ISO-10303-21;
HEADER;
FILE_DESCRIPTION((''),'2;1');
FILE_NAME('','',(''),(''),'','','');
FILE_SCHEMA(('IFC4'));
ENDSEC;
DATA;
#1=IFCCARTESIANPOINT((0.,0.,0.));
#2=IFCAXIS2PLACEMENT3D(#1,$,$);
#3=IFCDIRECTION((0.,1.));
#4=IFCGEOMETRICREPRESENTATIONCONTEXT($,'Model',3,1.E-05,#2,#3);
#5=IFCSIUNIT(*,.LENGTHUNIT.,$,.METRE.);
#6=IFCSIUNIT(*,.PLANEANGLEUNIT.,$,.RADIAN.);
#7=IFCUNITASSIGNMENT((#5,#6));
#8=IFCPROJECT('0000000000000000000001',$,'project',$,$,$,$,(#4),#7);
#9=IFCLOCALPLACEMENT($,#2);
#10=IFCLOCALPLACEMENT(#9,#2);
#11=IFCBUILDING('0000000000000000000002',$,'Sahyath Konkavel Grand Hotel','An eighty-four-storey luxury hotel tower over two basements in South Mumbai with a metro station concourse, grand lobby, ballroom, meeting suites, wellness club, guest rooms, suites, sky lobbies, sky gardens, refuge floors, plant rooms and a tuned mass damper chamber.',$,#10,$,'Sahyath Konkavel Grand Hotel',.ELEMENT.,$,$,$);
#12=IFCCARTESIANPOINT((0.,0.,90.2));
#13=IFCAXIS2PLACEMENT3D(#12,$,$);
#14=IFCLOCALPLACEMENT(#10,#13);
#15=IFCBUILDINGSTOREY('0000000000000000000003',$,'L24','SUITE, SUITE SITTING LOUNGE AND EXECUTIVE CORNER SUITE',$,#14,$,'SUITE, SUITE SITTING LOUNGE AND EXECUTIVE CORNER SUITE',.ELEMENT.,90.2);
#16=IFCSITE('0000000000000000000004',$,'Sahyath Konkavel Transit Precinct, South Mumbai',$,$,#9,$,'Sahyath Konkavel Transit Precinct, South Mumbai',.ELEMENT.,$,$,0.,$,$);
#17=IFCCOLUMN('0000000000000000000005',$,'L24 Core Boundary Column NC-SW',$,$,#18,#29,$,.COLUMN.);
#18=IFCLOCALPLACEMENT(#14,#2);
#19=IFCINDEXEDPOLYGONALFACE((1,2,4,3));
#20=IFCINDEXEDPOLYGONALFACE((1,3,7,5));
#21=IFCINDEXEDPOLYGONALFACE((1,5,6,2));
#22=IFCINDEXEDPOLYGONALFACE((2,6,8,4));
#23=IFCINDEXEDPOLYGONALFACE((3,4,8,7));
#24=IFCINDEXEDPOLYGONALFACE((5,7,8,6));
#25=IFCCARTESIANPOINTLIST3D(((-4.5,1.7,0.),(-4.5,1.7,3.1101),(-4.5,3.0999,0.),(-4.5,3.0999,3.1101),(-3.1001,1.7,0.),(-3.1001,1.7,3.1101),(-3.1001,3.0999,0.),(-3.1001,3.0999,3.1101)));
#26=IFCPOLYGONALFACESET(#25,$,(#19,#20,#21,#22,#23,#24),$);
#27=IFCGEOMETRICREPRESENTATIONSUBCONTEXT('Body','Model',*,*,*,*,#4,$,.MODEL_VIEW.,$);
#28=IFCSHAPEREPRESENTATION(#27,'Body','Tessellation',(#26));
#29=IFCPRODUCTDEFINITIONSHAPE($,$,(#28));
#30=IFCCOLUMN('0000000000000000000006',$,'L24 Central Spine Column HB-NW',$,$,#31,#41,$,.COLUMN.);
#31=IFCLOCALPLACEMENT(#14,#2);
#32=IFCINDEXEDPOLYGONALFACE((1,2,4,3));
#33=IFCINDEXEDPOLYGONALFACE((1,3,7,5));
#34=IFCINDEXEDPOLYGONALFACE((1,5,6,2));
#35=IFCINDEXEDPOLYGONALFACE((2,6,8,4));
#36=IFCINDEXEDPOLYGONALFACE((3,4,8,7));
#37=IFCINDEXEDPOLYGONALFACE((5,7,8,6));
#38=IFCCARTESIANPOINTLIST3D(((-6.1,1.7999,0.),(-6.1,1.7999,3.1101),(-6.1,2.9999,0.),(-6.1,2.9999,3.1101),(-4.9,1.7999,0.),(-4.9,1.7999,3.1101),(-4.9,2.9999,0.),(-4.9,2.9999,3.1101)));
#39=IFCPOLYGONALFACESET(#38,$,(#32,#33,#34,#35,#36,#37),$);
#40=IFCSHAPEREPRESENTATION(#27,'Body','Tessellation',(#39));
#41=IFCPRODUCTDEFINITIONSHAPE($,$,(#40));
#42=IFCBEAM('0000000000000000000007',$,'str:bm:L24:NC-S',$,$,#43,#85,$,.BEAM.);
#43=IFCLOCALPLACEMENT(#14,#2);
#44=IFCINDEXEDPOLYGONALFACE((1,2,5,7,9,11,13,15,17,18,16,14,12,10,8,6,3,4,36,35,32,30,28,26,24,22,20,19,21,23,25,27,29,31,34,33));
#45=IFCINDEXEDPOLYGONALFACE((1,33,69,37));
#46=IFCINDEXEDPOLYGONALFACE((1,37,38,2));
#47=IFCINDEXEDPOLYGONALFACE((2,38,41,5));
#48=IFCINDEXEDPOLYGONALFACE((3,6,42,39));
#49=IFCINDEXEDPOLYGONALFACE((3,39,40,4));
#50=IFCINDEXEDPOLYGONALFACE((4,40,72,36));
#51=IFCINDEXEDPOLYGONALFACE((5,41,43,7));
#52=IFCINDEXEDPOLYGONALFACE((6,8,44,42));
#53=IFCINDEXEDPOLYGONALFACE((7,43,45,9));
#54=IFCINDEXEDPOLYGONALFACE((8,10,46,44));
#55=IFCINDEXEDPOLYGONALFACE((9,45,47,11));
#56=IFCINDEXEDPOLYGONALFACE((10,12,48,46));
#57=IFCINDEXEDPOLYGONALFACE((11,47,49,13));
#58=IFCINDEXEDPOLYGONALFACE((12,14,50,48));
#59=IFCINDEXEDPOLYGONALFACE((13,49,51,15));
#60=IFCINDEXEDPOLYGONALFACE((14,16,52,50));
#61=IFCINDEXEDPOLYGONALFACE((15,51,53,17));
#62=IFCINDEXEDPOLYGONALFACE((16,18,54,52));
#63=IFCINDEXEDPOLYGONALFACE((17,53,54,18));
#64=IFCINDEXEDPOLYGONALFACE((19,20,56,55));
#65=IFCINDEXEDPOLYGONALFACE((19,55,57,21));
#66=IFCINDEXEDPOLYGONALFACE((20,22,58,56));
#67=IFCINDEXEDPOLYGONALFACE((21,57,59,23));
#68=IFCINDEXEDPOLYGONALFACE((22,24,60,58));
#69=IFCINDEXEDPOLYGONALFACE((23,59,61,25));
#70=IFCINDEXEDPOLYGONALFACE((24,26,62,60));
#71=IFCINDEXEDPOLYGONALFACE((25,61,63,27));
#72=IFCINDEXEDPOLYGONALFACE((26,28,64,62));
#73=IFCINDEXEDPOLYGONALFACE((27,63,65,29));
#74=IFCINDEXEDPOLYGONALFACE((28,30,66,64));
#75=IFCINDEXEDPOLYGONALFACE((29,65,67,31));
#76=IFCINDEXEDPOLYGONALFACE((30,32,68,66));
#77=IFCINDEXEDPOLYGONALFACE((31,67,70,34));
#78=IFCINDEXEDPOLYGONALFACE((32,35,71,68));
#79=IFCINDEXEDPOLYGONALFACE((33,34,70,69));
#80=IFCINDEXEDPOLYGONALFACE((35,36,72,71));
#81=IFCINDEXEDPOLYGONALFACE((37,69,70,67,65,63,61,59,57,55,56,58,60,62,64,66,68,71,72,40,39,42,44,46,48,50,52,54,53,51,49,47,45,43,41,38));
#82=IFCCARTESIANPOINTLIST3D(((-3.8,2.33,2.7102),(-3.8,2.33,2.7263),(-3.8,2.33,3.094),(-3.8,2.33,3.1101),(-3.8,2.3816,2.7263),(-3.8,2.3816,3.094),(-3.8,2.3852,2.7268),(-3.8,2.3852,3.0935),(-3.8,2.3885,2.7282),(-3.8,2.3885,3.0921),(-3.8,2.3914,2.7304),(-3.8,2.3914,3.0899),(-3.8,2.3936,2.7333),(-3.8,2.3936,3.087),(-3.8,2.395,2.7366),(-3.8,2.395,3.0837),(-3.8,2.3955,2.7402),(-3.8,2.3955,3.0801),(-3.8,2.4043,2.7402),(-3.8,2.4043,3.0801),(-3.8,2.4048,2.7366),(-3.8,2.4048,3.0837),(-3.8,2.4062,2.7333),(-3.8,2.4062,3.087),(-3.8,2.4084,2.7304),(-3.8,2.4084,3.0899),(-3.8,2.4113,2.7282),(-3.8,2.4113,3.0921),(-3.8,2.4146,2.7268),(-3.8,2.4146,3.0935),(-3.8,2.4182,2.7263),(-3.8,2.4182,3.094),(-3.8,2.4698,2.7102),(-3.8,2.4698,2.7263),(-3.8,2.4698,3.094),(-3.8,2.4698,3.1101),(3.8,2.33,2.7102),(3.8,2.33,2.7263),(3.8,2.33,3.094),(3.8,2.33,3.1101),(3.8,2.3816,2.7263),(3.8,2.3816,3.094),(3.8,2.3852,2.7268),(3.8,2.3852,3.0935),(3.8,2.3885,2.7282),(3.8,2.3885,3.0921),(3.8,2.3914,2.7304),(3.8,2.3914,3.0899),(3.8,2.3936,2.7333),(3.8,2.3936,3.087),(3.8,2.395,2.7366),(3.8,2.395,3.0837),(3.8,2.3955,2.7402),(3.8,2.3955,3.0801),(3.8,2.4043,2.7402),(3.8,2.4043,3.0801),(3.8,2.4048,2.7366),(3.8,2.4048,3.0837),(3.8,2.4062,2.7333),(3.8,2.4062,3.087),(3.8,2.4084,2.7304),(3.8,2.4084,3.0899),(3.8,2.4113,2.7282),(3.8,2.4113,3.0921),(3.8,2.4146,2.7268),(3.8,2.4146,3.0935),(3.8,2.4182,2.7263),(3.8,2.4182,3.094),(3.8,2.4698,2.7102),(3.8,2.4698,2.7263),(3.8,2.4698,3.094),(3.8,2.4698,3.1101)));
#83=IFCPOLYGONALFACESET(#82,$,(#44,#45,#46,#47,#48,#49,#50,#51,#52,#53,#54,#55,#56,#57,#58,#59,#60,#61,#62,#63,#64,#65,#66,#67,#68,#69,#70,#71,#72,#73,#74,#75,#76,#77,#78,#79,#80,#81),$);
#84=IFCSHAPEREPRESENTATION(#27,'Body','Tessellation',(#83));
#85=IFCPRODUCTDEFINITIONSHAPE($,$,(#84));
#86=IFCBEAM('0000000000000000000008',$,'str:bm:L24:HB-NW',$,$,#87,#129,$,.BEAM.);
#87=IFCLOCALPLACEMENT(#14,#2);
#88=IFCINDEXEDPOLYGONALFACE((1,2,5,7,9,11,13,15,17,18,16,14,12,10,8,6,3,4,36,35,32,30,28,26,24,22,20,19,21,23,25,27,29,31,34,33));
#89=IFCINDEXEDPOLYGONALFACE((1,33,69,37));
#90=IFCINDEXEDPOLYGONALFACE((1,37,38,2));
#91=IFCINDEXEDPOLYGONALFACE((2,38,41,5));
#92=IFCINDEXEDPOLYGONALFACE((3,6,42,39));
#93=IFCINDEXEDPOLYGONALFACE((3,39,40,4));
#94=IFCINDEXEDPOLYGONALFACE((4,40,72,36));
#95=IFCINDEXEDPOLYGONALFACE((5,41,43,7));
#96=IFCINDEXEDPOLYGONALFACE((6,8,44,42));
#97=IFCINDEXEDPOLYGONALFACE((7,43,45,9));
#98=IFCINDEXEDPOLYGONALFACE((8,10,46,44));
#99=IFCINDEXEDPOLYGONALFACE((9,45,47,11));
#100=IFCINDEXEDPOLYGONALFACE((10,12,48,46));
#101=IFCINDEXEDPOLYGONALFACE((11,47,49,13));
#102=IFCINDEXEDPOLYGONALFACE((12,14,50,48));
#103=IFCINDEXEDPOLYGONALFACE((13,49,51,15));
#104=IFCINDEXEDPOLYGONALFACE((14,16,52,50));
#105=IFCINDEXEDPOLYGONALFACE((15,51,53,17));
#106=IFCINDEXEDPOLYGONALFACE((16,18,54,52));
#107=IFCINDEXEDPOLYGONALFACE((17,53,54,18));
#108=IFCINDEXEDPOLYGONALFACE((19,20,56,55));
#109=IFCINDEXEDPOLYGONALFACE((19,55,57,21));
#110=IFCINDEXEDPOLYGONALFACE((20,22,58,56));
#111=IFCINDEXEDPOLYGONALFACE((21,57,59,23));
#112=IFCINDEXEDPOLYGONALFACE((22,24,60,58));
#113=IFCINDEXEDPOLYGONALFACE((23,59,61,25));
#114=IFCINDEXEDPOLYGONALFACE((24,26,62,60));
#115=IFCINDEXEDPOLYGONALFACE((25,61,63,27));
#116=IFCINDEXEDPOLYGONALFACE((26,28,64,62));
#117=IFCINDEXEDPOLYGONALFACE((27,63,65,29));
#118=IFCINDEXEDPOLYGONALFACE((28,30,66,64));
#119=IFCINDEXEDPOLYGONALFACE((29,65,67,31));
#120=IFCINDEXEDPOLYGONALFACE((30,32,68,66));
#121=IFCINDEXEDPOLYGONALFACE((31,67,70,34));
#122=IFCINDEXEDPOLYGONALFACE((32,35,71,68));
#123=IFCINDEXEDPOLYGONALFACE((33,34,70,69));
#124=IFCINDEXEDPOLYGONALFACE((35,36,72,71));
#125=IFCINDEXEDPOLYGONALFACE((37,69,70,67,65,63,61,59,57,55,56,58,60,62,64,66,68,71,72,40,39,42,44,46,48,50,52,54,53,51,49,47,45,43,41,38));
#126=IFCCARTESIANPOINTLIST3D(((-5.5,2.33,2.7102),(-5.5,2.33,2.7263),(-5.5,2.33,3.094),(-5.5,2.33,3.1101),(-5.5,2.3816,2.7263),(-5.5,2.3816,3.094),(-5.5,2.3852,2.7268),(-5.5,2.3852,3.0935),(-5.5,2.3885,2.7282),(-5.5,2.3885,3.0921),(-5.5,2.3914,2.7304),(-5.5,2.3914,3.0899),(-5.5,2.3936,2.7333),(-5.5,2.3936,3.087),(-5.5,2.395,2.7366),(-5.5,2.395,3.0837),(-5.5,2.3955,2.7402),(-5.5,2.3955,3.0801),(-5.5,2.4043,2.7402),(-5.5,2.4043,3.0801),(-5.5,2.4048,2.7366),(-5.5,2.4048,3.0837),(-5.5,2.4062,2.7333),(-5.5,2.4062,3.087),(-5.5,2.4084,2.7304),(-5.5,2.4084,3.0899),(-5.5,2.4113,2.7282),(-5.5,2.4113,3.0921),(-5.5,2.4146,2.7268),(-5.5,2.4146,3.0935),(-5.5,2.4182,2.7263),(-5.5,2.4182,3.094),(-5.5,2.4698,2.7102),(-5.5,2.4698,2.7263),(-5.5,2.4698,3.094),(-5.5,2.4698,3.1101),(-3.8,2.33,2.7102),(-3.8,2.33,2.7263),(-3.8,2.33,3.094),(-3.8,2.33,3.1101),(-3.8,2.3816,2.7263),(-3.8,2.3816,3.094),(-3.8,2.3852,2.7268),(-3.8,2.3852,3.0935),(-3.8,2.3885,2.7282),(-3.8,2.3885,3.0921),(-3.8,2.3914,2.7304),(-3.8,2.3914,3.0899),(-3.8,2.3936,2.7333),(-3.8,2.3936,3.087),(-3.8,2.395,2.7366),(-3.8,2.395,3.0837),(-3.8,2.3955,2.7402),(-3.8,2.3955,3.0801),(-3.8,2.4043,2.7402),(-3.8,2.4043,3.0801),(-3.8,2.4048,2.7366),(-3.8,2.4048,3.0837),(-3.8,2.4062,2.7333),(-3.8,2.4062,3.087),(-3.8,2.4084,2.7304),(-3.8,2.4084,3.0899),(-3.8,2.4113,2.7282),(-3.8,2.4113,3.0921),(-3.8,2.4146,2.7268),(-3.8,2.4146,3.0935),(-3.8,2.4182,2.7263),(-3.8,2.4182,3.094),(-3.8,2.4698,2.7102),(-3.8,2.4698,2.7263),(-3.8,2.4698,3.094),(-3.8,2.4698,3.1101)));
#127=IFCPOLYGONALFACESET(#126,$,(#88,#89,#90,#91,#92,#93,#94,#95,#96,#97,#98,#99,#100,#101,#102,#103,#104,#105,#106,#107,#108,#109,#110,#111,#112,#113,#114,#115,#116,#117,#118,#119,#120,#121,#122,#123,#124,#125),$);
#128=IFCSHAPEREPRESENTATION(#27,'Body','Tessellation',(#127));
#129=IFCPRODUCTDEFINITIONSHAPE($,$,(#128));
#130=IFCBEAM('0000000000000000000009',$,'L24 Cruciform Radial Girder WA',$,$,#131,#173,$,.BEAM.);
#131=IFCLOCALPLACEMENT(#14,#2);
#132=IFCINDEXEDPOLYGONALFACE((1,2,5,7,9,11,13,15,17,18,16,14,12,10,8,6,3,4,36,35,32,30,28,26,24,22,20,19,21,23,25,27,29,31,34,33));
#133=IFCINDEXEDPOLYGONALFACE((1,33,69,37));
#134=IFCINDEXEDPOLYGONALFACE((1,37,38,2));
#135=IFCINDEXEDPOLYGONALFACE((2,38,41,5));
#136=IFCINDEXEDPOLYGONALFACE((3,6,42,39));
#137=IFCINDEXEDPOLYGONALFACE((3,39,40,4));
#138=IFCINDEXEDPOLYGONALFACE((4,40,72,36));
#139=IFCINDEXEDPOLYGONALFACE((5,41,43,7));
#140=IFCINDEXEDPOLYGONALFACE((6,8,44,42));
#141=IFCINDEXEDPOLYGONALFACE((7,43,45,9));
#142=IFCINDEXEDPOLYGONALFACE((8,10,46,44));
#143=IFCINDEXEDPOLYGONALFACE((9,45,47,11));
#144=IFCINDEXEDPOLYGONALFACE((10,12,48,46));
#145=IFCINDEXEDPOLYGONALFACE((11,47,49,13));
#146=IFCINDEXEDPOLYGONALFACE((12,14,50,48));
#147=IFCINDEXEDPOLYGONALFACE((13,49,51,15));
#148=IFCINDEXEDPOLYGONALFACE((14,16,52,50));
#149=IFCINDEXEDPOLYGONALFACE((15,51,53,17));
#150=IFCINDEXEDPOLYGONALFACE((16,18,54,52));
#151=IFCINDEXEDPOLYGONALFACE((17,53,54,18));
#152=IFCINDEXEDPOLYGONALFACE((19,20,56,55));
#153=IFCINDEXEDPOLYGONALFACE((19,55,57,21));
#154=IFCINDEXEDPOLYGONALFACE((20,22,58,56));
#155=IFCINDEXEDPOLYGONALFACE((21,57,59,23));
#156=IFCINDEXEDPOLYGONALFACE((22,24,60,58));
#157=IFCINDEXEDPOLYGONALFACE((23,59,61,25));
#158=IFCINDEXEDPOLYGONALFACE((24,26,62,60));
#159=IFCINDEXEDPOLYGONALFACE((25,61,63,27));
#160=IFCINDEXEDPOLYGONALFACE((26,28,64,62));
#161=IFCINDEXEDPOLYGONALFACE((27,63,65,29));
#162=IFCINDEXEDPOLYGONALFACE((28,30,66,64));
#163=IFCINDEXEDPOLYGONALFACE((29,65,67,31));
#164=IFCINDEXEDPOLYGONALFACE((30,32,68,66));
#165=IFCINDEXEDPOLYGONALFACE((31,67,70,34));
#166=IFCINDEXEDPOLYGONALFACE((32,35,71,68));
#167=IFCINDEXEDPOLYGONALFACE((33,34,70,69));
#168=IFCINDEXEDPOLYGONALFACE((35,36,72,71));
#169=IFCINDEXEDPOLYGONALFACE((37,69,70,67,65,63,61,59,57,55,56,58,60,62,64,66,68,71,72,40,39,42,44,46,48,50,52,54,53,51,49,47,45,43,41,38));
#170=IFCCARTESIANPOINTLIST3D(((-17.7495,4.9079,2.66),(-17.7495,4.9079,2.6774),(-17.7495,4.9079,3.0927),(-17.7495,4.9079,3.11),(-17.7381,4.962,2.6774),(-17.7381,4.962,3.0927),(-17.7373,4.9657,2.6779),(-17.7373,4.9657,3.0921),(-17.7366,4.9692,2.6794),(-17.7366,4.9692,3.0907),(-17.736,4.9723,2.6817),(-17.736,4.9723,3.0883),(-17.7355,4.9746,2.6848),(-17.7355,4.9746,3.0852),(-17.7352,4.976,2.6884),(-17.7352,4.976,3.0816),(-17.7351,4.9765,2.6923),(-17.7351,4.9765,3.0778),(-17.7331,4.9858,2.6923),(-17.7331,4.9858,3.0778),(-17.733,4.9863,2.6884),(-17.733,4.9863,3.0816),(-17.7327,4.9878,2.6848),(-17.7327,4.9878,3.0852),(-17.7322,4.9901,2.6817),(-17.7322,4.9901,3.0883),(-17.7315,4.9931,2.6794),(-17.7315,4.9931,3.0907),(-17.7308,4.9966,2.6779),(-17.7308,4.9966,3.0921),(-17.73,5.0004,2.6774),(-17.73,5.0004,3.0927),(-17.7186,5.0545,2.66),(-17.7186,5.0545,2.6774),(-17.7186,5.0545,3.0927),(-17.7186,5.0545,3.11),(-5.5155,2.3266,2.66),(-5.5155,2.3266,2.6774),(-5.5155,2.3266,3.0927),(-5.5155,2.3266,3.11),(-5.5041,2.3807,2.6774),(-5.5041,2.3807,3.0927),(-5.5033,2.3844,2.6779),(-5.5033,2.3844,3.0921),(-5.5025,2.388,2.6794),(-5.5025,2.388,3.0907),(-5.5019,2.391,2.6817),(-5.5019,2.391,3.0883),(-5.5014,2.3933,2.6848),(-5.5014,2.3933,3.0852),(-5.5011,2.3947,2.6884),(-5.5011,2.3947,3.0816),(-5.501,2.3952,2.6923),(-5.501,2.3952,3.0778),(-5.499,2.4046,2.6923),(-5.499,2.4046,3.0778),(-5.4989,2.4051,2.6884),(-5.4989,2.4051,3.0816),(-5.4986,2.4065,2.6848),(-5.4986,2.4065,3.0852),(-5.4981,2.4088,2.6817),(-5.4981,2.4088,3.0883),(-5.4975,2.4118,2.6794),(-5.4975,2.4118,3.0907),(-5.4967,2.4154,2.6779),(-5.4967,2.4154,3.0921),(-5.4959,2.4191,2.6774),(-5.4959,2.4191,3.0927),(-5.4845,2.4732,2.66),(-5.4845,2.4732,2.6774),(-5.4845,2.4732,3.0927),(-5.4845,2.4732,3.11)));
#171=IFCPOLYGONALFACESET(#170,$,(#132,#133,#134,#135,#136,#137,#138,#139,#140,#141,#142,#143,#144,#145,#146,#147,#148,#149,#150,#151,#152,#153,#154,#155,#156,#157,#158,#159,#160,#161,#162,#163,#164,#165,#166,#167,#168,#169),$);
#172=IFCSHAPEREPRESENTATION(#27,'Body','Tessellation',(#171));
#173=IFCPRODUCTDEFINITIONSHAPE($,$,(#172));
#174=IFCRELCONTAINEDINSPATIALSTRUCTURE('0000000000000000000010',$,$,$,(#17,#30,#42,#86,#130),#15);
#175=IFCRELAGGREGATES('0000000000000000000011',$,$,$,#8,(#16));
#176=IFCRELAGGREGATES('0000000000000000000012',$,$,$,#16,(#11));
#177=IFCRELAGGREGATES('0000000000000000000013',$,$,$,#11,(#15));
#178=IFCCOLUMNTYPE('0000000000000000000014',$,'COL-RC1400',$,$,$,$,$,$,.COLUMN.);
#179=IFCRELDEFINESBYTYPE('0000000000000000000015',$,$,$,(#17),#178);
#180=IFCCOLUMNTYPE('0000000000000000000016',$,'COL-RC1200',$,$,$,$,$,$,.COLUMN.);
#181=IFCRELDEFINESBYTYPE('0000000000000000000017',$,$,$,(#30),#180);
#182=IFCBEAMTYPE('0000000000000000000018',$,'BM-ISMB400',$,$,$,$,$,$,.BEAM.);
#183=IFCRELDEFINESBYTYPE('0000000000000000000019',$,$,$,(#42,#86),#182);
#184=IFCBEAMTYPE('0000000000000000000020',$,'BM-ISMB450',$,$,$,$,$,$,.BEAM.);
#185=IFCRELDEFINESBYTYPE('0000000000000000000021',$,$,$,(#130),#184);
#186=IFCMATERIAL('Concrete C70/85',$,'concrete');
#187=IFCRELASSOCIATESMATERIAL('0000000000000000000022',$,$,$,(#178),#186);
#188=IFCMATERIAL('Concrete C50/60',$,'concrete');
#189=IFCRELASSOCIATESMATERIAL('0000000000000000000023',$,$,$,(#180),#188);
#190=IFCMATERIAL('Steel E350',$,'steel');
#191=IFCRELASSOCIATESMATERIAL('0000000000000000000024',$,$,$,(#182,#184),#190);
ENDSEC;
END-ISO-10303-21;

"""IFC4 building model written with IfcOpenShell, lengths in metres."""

from ifc_helpers import new_model, si_unit, direction, frame, origin, origin_2d, place, context, subcontext, project, spatial, rectangle, i_section, extrude, source, transform, mapped, material, material_profile, profile_set, type_object, element, save


model = new_model("IFC4")

# Units and contexts
model_context = context("Model", 3, precision=1e-05, world=origin(), true_north=direction((0.0, 1.0)))
body_context = subcontext(model_context, "Body", "Model", "MODEL_VIEW")
ifc_project = project(units=[si_unit("LENGTHUNIT", "METRE"), si_unit("PLANEANGLEUNIT", "RADIAN")], contexts=[model_context])

# Site, building, storey
site_placement = place(None, origin())
site = spatial("IfcSite", under=ifc_project, at=site_placement, Name="Sahyath Konkavel Transit Precinct, South Mumbai", LongName="Sahyath Konkavel Transit Precinct, South Mumbai", CompositionType="ELEMENT", RefElevation=0.0)
building_placement = place(site_placement, origin())
building = spatial("IfcBuilding", under=site, at=building_placement, Name="Sahyath Konkavel Grand Hotel", Description="An eighty-four-storey luxury hotel tower over two basements in South Mumbai with a metro station concourse, grand lobby, ballroom, meeting suites, wellness club, guest rooms, suites, sky lobbies, sky gardens, refuge floors, plant rooms and a tuned mass damper chamber.", LongName="Sahyath Konkavel Grand Hotel", CompositionType="ELEMENT")
storey_placement = place(building_placement, frame((0.0, 0.0, 90.2)))
storey = spatial("IfcBuildingStorey", under=building, at=storey_placement, Name="L24", Description="SUITE, SUITE SITTING LOUNGE AND EXECUTIVE CORNER SUITE", LongName="SUITE, SUITE SITTING LOUNGE AND EXECUTIVE CORNER SUITE", CompositionType="ELEMENT", Elevation=90.2)

# Columns
ifc_material_1 = material(Name="Concrete C70/85", Category="concrete")
ifc_material_profile_1 = material_profile(ifc_material_1, rectangle(XDim=1.3999, YDim=1.3999, at=origin_2d()), Name="RC 1400x1400")
ifc_profile_set_1 = profile_set([ifc_material_profile_1], Name="Concrete C70/85")
column_type_1 = type_object("IfcColumnType", Name="COL-RC1400", PredefinedType="COLUMN", material=ifc_profile_set_1)
shared_shape_1 = source(origin(), body_context, "Body", "SweptSolid", [
    extrude(rectangle(XDim=1.3999, YDim=1.3999, at=origin_2d()), origin(), (0.0, 0.0, 1.0), 3.1101),
])
column_1_placement = place(storey_placement, frame((-3.8, 2.3999, 0.0), z_axis=(0.0, 0.0, 1.0), x_axis=(1.0, 0.0, 0.0)))
element("IfcColumn", 1, at=column_1_placement, inside=storey, type_object=column_type_1, Name="L24 Core Boundary Column NC-SW", PredefinedType="COLUMN", context=body_context, shape_type="MappedRepresentation", body=[
    mapped(shared_shape_1, transform((0.0, 0.0, 0.0), scale=1.0)),
])
ifc_material_2 = material(Name="Concrete C50/60", Category="concrete")
ifc_material_profile_2 = material_profile(ifc_material_2, rectangle(XDim=1.2, YDim=1.2, at=origin_2d()), Name="RC 1200x1200")
ifc_profile_set_2 = profile_set([ifc_material_profile_2], Name="Concrete C50/60")
column_type_2 = type_object("IfcColumnType", Name="COL-RC1200", PredefinedType="COLUMN", material=ifc_profile_set_2)
shared_shape_2 = source(origin(), body_context, "Body", "SweptSolid", [
    extrude(rectangle(XDim=1.2, YDim=1.2, at=origin_2d()), origin(), (0.0, 0.0, 1.0), 3.1101),
])
column_2_placement = place(storey_placement, frame((-5.5, 2.3999, 0.0), z_axis=(0.0, 0.0, 1.0), x_axis=(1.0, 0.0, 0.0)))
element("IfcColumn", 2, at=column_2_placement, inside=storey, type_object=column_type_2, Name="L24 Central Spine Column HB-NW", PredefinedType="COLUMN", context=body_context, shape_type="MappedRepresentation", body=[
    mapped(shared_shape_2, transform((0.0, 0.0, 0.0), scale=1.0)),
])

# Beams
ifc_material_3 = material(Name="Steel E350", Category="steel")
ifc_material_profile_3 = material_profile(ifc_material_3, i_section(OverallWidth=0.1399, OverallDepth=0.3999, WebThickness=0.0088, FlangeThickness=0.0161, FilletRadius=0.0139, at=origin_2d()), Name="ISMB 400")
ifc_profile_set_3 = profile_set([ifc_material_profile_3], Name="Steel E350")
beam_type_1 = type_object("IfcBeamType", Name="BM-ISMB400", PredefinedType="BEAM", material=ifc_profile_set_3)
shared_shape_3 = source(origin(), body_context, "Body", "SweptSolid", [
    extrude(i_section(OverallWidth=0.1399, OverallDepth=0.3999, WebThickness=0.0088, FlangeThickness=0.0161, FilletRadius=0.0139, at=origin_2d()), origin(), (0.0, 0.0, 1.0), 7.6001),
])
beam_1_placement = place(storey_placement, frame((-3.8, 2.3999, 2.9102), z_axis=(1.0, 0.0, 0.0), x_axis=(0.0, 1.0, 0.0)))
element("IfcBeam", 3, at=beam_1_placement, inside=storey, type_object=beam_type_1, Name="str:bm:L24:NC-S", PredefinedType="BEAM", context=body_context, shape_type="MappedRepresentation", body=[
    mapped(shared_shape_3, transform((0.0, 0.0, 0.0), scale=1.0)),
])
shared_shape_4 = source(origin(), body_context, "Body", "SweptSolid", [
    extrude(i_section(OverallWidth=0.1399, OverallDepth=0.3999, WebThickness=0.0088, FlangeThickness=0.0161, FilletRadius=0.0139, at=origin_2d()), origin(), (0.0, 0.0, 1.0), 1.7),
])
beam_2_placement = place(storey_placement, frame((-5.5, 2.3999, 2.9102), z_axis=(1.0, 0.0, 0.0), x_axis=(0.0, 1.0, 0.0)))
element("IfcBeam", 4, at=beam_2_placement, inside=storey, type_object=beam_type_1, Name="str:bm:L24:HB-NW", PredefinedType="BEAM", context=body_context, shape_type="MappedRepresentation", body=[
    mapped(shared_shape_4, transform((0.0, 0.0, 0.0), scale=1.0)),
])
ifc_material_profile_4 = material_profile(ifc_material_3, i_section(OverallWidth=0.1499, OverallDepth=0.45, WebThickness=0.0095, FlangeThickness=0.0173, FilletRadius=0.0149, at=origin_2d()), Name="ISMB 450")
ifc_profile_set_4 = profile_set([ifc_material_profile_4], Name="Steel E350")
beam_type_2 = type_object("IfcBeamType", Name="BM-ISMB450", PredefinedType="BEAM", material=ifc_profile_set_4)
shared_shape_5 = source(origin(), body_context, "Body", "SweptSolid", [
    extrude(i_section(OverallWidth=0.1499, OverallDepth=0.45, WebThickness=0.0095, FlangeThickness=0.0173, FilletRadius=0.0149, at=origin_2d()), origin(), (0.0, 0.0, 1.0), 12.5034),
])
beam_3_placement = place(storey_placement, frame((-5.5, 2.3999, 2.885), z_axis=(-0.978458, 0.206446, 0.0), x_axis=(-0.206446, -0.978458, 0.0)))
element("IfcBeam", 5, at=beam_3_placement, inside=storey, type_object=beam_type_2, Name="L24 Cruciform Radial Girder WA", PredefinedType="BEAM", context=body_context, shape_type="MappedRepresentation", body=[
    mapped(shared_shape_5, transform((0.0, 0.0, 0.0), scale=1.0)),
])

save(model, "model.ifc")
